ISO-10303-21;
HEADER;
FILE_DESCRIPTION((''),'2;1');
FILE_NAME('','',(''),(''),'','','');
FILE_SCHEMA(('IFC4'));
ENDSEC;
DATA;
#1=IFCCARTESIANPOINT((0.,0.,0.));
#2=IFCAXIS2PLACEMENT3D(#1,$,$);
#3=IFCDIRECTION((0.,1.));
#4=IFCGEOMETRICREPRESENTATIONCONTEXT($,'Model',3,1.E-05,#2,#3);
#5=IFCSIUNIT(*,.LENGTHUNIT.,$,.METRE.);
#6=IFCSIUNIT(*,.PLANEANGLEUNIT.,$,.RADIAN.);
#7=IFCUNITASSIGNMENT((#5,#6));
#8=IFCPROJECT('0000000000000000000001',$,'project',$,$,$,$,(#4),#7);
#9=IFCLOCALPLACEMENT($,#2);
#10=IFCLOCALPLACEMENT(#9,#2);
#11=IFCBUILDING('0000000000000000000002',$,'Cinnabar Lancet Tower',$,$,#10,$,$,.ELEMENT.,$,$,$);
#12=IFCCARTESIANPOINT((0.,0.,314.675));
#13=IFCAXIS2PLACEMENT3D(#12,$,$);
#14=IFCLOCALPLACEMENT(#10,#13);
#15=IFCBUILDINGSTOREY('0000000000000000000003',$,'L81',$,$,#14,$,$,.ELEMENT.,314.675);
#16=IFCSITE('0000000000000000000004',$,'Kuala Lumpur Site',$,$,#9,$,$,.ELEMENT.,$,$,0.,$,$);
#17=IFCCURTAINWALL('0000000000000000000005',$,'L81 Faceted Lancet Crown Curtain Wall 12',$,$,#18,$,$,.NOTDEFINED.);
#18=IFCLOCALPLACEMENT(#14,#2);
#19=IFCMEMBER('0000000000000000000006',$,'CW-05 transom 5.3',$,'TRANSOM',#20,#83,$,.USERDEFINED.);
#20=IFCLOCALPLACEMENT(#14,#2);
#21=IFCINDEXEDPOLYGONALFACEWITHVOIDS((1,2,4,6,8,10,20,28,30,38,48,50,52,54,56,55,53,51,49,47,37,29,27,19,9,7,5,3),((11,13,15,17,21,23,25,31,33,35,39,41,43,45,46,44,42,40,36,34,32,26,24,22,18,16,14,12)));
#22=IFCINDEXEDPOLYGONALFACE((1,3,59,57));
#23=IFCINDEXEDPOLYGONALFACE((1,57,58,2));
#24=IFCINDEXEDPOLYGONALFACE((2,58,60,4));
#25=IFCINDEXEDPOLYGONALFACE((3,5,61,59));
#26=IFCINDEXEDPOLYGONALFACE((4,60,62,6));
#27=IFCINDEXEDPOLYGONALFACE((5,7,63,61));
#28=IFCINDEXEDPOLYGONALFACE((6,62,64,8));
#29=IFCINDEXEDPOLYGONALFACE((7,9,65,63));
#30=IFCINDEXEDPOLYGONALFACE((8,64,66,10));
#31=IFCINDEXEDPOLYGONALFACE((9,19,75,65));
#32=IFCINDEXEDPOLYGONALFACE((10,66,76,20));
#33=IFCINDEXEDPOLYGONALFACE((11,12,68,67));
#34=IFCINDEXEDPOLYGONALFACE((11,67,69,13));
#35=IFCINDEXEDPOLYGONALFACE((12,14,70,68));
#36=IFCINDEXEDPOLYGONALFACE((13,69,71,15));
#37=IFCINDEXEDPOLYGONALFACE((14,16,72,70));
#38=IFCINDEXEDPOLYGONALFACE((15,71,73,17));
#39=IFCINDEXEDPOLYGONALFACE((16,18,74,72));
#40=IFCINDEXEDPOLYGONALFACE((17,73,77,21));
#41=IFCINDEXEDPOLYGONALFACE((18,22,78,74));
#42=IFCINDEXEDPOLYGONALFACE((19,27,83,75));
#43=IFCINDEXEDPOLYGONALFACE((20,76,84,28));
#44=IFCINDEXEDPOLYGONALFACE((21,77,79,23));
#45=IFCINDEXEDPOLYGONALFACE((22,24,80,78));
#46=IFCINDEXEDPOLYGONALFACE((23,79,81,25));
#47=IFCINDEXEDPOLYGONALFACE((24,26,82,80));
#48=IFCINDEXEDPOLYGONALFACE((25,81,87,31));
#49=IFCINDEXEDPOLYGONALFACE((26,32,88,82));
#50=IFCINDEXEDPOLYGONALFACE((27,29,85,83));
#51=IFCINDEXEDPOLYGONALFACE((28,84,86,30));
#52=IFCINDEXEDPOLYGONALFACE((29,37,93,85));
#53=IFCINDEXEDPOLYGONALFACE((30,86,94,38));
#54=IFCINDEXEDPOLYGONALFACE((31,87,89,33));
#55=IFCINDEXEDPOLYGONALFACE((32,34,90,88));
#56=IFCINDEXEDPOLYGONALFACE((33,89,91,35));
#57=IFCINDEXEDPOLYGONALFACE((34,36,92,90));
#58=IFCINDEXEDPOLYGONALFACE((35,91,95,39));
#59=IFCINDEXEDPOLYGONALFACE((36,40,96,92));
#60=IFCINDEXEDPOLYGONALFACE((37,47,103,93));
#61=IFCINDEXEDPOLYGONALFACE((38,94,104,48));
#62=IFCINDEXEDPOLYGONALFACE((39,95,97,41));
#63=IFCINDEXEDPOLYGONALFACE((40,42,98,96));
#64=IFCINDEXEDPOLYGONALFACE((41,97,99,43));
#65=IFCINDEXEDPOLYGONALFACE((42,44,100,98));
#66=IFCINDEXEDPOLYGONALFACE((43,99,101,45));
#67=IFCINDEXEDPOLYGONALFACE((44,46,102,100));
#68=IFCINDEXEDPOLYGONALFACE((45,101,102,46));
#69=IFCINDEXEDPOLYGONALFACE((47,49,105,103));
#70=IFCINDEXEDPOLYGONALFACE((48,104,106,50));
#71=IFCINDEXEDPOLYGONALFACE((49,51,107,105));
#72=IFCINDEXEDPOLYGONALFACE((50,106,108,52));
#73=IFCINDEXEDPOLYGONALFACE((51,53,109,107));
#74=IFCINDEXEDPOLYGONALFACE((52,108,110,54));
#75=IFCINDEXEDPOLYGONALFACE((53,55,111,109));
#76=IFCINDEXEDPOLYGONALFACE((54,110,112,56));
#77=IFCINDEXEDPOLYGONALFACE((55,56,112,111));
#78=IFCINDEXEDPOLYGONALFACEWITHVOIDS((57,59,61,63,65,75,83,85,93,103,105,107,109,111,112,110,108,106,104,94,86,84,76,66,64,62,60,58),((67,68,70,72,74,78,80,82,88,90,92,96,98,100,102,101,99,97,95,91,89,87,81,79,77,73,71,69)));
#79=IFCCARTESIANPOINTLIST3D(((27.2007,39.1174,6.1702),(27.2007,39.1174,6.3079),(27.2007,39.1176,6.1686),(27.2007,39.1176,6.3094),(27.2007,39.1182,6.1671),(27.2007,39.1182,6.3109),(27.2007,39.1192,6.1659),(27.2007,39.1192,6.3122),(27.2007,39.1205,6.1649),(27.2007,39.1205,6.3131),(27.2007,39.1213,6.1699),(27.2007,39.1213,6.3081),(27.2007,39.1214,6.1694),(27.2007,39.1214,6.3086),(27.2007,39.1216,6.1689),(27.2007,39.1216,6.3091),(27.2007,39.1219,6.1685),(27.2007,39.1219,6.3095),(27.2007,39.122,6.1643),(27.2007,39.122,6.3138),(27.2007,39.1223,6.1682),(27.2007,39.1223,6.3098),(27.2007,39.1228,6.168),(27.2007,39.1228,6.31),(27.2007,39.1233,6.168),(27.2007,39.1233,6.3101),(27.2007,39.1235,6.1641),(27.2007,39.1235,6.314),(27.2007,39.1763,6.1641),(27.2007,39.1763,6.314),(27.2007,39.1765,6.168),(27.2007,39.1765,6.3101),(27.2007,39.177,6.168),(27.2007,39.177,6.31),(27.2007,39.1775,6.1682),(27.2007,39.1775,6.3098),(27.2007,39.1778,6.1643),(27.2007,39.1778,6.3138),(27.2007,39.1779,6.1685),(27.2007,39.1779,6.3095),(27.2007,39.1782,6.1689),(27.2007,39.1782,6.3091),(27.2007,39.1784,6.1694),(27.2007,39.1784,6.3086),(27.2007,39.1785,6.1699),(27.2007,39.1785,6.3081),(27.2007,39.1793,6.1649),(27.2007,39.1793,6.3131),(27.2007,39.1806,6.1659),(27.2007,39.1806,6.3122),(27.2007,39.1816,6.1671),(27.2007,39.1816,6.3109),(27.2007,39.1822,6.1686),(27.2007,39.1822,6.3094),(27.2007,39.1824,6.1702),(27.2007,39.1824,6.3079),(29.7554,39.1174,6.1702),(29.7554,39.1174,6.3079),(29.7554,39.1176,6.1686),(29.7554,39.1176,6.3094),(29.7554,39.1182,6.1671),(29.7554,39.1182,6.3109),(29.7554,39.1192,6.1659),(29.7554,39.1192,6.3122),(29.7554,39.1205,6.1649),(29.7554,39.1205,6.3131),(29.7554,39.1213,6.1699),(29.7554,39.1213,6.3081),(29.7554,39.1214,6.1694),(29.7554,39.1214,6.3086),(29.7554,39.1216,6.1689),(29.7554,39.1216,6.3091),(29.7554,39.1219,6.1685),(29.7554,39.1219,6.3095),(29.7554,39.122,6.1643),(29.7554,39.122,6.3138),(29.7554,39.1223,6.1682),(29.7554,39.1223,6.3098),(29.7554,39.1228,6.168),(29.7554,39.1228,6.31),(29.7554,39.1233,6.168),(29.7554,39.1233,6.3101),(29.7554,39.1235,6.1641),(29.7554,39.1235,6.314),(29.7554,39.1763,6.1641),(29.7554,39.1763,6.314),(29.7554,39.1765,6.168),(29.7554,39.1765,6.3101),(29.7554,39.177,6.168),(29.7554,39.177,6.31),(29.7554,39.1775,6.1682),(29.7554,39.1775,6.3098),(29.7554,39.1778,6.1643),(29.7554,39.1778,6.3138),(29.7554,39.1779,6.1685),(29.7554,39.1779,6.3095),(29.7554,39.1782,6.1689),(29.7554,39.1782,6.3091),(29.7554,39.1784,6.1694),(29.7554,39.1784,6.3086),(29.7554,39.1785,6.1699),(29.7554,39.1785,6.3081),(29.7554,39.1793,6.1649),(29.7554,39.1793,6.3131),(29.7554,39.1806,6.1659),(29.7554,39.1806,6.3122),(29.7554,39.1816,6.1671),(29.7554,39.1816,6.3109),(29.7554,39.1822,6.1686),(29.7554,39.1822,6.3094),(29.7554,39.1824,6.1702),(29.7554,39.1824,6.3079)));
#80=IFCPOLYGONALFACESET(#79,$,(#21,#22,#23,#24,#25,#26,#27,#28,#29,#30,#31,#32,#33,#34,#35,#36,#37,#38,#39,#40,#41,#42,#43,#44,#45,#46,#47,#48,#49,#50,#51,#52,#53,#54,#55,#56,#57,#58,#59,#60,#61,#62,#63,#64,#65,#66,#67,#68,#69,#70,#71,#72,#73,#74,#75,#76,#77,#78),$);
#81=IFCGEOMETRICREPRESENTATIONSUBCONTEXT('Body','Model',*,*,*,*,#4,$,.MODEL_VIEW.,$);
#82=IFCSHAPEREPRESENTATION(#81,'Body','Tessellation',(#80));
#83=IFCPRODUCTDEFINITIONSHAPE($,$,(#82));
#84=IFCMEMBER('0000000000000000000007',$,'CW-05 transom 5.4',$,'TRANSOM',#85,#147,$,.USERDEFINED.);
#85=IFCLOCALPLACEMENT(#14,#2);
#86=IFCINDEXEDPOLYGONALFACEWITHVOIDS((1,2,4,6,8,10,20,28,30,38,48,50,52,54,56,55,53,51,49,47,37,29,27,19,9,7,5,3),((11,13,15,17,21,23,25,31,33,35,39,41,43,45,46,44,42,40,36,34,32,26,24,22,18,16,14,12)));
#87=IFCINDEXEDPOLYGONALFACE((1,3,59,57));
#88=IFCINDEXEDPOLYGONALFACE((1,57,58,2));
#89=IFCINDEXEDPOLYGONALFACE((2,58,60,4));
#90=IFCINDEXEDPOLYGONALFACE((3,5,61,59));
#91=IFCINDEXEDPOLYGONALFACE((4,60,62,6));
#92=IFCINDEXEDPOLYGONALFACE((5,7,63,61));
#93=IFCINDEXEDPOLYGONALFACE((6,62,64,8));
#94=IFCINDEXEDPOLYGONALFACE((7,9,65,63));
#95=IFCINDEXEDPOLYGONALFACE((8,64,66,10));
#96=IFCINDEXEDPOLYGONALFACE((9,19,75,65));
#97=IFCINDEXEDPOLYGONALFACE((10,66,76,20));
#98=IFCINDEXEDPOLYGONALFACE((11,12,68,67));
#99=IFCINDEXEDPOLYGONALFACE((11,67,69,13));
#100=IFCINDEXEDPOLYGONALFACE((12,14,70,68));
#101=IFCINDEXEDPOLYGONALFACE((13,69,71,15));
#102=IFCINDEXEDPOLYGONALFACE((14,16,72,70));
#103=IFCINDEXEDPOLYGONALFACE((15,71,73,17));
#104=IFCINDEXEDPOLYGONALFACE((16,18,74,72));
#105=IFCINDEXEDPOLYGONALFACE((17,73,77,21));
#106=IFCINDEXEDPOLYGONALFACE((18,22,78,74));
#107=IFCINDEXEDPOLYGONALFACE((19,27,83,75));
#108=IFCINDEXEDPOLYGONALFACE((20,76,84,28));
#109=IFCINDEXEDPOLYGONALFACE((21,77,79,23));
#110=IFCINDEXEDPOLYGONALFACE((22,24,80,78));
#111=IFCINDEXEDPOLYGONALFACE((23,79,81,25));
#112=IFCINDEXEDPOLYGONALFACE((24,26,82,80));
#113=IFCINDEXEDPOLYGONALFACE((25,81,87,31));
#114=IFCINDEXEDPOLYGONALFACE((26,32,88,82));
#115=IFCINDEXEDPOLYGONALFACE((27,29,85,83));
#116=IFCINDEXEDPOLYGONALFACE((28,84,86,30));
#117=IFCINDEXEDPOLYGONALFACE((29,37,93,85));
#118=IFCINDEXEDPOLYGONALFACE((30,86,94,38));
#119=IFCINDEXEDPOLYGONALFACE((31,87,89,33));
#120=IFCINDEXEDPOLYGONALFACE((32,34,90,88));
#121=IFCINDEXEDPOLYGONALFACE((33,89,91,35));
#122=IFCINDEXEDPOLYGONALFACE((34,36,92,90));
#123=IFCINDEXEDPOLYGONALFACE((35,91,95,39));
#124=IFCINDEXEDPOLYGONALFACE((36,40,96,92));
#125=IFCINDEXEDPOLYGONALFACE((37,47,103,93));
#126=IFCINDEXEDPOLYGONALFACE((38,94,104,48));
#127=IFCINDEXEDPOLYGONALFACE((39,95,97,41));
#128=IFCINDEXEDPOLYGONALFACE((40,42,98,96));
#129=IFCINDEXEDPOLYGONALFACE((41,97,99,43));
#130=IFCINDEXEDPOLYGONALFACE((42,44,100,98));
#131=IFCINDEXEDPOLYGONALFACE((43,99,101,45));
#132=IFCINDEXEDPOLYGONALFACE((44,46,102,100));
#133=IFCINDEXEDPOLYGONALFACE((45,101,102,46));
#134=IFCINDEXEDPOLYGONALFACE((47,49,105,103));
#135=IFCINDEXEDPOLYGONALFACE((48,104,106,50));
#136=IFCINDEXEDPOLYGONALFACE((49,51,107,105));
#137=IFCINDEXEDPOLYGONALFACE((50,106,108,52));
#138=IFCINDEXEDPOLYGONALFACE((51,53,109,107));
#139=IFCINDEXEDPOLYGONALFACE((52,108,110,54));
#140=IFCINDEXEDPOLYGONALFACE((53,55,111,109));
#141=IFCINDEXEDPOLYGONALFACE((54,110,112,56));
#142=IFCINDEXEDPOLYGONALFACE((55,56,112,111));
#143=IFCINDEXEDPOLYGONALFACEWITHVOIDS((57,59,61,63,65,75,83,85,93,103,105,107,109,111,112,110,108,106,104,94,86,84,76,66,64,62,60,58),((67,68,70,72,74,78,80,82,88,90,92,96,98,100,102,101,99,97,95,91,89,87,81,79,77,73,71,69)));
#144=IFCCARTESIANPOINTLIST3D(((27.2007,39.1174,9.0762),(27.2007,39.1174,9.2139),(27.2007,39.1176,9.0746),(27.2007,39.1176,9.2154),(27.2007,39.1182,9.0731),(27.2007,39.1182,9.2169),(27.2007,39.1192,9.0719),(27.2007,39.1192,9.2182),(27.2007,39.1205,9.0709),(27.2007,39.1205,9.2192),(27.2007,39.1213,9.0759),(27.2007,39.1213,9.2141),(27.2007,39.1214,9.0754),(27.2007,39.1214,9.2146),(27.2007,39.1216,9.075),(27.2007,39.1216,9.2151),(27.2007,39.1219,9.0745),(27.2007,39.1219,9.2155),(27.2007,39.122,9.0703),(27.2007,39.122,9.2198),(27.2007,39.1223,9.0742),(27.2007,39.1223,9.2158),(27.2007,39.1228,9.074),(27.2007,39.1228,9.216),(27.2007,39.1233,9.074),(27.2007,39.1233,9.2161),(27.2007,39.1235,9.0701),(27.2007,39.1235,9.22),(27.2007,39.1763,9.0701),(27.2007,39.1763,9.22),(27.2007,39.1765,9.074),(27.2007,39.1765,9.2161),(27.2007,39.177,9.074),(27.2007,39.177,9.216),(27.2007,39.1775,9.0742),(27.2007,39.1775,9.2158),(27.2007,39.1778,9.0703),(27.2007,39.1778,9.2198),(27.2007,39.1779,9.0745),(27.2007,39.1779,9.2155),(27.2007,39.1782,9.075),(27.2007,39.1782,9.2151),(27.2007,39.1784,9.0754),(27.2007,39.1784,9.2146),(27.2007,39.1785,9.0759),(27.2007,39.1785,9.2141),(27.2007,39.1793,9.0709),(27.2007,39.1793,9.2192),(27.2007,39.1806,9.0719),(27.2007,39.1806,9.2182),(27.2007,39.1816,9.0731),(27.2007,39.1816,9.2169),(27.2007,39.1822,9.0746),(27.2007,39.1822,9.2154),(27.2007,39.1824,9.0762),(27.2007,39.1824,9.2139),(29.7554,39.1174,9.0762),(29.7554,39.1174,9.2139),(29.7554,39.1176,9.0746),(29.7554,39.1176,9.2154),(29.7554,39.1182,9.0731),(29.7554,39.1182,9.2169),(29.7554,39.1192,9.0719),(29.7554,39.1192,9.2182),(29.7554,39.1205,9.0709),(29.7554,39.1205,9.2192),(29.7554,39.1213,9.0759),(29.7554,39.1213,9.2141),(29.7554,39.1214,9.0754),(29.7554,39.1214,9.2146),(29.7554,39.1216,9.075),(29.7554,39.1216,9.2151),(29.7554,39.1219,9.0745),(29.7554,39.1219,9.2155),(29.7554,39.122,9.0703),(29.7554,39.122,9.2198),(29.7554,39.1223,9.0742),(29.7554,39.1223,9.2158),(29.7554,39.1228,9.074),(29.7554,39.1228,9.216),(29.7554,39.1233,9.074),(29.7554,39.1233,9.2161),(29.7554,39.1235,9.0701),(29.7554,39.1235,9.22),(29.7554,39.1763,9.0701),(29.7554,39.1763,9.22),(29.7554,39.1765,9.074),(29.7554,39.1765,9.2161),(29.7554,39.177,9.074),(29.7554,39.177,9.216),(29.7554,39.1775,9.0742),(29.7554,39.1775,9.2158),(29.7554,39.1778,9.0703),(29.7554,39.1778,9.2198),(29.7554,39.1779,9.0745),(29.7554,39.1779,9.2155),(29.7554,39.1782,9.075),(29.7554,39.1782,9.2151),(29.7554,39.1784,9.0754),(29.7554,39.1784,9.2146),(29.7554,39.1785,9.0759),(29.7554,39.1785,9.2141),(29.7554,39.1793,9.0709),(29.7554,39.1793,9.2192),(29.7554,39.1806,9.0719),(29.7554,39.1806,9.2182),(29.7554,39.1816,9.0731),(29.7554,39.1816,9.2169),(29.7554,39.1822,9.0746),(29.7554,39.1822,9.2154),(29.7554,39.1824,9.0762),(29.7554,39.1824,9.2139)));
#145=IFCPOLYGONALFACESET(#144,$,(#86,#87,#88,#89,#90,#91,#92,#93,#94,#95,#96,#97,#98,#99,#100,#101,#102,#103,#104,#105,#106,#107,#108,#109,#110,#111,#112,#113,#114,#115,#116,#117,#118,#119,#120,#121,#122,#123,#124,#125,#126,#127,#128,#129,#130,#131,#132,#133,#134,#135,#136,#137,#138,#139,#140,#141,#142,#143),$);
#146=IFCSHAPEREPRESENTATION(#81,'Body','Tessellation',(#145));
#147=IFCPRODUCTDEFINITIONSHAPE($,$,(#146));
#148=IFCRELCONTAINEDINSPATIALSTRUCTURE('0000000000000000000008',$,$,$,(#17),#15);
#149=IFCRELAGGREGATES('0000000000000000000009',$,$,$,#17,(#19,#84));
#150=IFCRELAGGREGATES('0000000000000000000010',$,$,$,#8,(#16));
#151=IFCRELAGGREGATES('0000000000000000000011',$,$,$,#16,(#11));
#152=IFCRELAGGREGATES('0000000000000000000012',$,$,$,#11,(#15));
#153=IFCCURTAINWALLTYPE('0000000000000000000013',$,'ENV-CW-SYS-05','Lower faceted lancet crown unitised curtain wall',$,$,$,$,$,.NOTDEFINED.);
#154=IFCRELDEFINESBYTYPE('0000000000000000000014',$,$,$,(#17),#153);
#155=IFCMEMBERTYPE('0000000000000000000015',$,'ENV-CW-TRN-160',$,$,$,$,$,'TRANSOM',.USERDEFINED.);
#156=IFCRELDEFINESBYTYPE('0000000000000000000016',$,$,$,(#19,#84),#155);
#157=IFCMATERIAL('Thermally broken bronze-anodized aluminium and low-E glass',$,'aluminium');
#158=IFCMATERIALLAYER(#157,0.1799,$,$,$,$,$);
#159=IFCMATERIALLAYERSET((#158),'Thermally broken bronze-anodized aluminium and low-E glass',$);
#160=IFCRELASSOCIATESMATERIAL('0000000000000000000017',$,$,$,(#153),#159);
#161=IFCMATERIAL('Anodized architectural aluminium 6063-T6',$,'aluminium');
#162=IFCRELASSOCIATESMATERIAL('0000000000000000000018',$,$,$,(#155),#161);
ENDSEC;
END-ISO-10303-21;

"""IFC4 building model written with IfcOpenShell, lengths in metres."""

from ifc_helpers import new_model, si_unit, direction, frame, origin, origin_2d, place, context, subcontext, project, spatial, hollow_rectangle, extrude, material, layer, layer_set, material_profile, profile_set, type_object, element, aggregate, save


model = new_model("IFC4")

# Units and contexts
model_context = context("Model", 3, precision=1e-05, world=origin(), true_north=direction((0.0, 1.0)))
body_context = subcontext(model_context, "Body", "Model", "MODEL_VIEW")
ifc_project = project(units=[si_unit("LENGTHUNIT", "METRE"), si_unit("PLANEANGLEUNIT", "RADIAN")], contexts=[model_context])

# Site, building, storey
site_placement = place(None, origin())
site = spatial("IfcSite", under=ifc_project, at=site_placement, Name="Kuala Lumpur Site", CompositionType="ELEMENT", RefElevation=0.0)
building_placement = place(site_placement, origin())
building = spatial("IfcBuilding", under=site, at=building_placement, Name="Cinnabar Lancet Tower", CompositionType="ELEMENT")
storey_placement = place(building_placement, frame((0.0, 0.0, 314.675)))
storey = spatial("IfcBuildingStorey", under=building, at=storey_placement, Name="L81", CompositionType="ELEMENT", Elevation=314.675)

# Curtain wall
ifc_material_1 = material(Name="Thermally broken bronze-anodized aluminium and low-E glass", Category="aluminium")
ifc_layer_1 = layer(ifc_material_1, 0.1799)
ifc_layer_set_1 = layer_set([ifc_layer_1], Name="Thermally broken bronze-anodized aluminium and low-E glass")
curtain_wall_type = type_object("IfcCurtainWallType", Name="ENV-CW-SYS-05", Description="Lower faceted lancet crown unitised curtain wall", PredefinedType="NOTDEFINED", material=ifc_layer_set_1)
curtain_wall_1_placement = place(storey_placement, origin())
curtain_wall_1 = element("IfcCurtainWall", 1, at=curtain_wall_1_placement, inside=storey, type_object=curtain_wall_type, Name="L81 Faceted Lancet Crown Curtain Wall 12", PredefinedType="NOTDEFINED")

# Members
ifc_material_2 = material(Name="Anodized architectural aluminium 6063-T6", Category="aluminium")
ifc_material_profile_1 = material_profile(ifc_material_2, hollow_rectangle(XDim=0.0649, YDim=0.1499, WallThickness=0.0039, InnerFilletRadius=0.002, OuterFilletRadius=0.0061, at=origin_2d()), Name="CW-TRN 150x65x4")
ifc_profile_set_1 = profile_set([ifc_material_profile_1], Name="Anodized architectural aluminium 6063-T6")
member_type_1 = type_object("IfcMemberType", Name="ENV-CW-TRN-160", ElementType="TRANSOM", PredefinedType="USERDEFINED", material=ifc_profile_set_1)
member_1_placement = place(storey_placement, frame((29.7554, 39.1499, 6.239), z_axis=(-1.0, 0.0, 0.0), x_axis=(0.0, -1.0, 0.0)))
member_1 = element("IfcMember", 2, at=member_1_placement, type_object=member_type_1, Name="CW-05 transom 5.3", ObjectType="TRANSOM", PredefinedType="USERDEFINED", context=body_context, shape_type="SweptSolid", body=[
    extrude(hollow_rectangle(XDim=0.0649, YDim=0.1499, WallThickness=0.0039, InnerFilletRadius=0.002, OuterFilletRadius=0.0061, at=origin_2d()), origin(), (0.0, 0.0, 1.0), 2.5547),
])
member_2_placement = place(storey_placement, frame((29.7554, 39.1499, 9.145), z_axis=(-1.0, 0.0, 0.0), x_axis=(0.0, -1.0, 0.0)))
member_2 = element("IfcMember", 3, at=member_2_placement, type_object=member_type_1, Name="CW-05 transom 5.4", ObjectType="TRANSOM", PredefinedType="USERDEFINED", context=body_context, shape_type="SweptSolid", body=[
    extrude(hollow_rectangle(XDim=0.0649, YDim=0.1499, WallThickness=0.0039, InnerFilletRadius=0.002, OuterFilletRadius=0.0061, at=origin_2d()), origin(), (0.0, 0.0, 1.0), 2.5547),
])

aggregate(curtain_wall_1, [member_1, member_2])

save(model, "model.ifc")
